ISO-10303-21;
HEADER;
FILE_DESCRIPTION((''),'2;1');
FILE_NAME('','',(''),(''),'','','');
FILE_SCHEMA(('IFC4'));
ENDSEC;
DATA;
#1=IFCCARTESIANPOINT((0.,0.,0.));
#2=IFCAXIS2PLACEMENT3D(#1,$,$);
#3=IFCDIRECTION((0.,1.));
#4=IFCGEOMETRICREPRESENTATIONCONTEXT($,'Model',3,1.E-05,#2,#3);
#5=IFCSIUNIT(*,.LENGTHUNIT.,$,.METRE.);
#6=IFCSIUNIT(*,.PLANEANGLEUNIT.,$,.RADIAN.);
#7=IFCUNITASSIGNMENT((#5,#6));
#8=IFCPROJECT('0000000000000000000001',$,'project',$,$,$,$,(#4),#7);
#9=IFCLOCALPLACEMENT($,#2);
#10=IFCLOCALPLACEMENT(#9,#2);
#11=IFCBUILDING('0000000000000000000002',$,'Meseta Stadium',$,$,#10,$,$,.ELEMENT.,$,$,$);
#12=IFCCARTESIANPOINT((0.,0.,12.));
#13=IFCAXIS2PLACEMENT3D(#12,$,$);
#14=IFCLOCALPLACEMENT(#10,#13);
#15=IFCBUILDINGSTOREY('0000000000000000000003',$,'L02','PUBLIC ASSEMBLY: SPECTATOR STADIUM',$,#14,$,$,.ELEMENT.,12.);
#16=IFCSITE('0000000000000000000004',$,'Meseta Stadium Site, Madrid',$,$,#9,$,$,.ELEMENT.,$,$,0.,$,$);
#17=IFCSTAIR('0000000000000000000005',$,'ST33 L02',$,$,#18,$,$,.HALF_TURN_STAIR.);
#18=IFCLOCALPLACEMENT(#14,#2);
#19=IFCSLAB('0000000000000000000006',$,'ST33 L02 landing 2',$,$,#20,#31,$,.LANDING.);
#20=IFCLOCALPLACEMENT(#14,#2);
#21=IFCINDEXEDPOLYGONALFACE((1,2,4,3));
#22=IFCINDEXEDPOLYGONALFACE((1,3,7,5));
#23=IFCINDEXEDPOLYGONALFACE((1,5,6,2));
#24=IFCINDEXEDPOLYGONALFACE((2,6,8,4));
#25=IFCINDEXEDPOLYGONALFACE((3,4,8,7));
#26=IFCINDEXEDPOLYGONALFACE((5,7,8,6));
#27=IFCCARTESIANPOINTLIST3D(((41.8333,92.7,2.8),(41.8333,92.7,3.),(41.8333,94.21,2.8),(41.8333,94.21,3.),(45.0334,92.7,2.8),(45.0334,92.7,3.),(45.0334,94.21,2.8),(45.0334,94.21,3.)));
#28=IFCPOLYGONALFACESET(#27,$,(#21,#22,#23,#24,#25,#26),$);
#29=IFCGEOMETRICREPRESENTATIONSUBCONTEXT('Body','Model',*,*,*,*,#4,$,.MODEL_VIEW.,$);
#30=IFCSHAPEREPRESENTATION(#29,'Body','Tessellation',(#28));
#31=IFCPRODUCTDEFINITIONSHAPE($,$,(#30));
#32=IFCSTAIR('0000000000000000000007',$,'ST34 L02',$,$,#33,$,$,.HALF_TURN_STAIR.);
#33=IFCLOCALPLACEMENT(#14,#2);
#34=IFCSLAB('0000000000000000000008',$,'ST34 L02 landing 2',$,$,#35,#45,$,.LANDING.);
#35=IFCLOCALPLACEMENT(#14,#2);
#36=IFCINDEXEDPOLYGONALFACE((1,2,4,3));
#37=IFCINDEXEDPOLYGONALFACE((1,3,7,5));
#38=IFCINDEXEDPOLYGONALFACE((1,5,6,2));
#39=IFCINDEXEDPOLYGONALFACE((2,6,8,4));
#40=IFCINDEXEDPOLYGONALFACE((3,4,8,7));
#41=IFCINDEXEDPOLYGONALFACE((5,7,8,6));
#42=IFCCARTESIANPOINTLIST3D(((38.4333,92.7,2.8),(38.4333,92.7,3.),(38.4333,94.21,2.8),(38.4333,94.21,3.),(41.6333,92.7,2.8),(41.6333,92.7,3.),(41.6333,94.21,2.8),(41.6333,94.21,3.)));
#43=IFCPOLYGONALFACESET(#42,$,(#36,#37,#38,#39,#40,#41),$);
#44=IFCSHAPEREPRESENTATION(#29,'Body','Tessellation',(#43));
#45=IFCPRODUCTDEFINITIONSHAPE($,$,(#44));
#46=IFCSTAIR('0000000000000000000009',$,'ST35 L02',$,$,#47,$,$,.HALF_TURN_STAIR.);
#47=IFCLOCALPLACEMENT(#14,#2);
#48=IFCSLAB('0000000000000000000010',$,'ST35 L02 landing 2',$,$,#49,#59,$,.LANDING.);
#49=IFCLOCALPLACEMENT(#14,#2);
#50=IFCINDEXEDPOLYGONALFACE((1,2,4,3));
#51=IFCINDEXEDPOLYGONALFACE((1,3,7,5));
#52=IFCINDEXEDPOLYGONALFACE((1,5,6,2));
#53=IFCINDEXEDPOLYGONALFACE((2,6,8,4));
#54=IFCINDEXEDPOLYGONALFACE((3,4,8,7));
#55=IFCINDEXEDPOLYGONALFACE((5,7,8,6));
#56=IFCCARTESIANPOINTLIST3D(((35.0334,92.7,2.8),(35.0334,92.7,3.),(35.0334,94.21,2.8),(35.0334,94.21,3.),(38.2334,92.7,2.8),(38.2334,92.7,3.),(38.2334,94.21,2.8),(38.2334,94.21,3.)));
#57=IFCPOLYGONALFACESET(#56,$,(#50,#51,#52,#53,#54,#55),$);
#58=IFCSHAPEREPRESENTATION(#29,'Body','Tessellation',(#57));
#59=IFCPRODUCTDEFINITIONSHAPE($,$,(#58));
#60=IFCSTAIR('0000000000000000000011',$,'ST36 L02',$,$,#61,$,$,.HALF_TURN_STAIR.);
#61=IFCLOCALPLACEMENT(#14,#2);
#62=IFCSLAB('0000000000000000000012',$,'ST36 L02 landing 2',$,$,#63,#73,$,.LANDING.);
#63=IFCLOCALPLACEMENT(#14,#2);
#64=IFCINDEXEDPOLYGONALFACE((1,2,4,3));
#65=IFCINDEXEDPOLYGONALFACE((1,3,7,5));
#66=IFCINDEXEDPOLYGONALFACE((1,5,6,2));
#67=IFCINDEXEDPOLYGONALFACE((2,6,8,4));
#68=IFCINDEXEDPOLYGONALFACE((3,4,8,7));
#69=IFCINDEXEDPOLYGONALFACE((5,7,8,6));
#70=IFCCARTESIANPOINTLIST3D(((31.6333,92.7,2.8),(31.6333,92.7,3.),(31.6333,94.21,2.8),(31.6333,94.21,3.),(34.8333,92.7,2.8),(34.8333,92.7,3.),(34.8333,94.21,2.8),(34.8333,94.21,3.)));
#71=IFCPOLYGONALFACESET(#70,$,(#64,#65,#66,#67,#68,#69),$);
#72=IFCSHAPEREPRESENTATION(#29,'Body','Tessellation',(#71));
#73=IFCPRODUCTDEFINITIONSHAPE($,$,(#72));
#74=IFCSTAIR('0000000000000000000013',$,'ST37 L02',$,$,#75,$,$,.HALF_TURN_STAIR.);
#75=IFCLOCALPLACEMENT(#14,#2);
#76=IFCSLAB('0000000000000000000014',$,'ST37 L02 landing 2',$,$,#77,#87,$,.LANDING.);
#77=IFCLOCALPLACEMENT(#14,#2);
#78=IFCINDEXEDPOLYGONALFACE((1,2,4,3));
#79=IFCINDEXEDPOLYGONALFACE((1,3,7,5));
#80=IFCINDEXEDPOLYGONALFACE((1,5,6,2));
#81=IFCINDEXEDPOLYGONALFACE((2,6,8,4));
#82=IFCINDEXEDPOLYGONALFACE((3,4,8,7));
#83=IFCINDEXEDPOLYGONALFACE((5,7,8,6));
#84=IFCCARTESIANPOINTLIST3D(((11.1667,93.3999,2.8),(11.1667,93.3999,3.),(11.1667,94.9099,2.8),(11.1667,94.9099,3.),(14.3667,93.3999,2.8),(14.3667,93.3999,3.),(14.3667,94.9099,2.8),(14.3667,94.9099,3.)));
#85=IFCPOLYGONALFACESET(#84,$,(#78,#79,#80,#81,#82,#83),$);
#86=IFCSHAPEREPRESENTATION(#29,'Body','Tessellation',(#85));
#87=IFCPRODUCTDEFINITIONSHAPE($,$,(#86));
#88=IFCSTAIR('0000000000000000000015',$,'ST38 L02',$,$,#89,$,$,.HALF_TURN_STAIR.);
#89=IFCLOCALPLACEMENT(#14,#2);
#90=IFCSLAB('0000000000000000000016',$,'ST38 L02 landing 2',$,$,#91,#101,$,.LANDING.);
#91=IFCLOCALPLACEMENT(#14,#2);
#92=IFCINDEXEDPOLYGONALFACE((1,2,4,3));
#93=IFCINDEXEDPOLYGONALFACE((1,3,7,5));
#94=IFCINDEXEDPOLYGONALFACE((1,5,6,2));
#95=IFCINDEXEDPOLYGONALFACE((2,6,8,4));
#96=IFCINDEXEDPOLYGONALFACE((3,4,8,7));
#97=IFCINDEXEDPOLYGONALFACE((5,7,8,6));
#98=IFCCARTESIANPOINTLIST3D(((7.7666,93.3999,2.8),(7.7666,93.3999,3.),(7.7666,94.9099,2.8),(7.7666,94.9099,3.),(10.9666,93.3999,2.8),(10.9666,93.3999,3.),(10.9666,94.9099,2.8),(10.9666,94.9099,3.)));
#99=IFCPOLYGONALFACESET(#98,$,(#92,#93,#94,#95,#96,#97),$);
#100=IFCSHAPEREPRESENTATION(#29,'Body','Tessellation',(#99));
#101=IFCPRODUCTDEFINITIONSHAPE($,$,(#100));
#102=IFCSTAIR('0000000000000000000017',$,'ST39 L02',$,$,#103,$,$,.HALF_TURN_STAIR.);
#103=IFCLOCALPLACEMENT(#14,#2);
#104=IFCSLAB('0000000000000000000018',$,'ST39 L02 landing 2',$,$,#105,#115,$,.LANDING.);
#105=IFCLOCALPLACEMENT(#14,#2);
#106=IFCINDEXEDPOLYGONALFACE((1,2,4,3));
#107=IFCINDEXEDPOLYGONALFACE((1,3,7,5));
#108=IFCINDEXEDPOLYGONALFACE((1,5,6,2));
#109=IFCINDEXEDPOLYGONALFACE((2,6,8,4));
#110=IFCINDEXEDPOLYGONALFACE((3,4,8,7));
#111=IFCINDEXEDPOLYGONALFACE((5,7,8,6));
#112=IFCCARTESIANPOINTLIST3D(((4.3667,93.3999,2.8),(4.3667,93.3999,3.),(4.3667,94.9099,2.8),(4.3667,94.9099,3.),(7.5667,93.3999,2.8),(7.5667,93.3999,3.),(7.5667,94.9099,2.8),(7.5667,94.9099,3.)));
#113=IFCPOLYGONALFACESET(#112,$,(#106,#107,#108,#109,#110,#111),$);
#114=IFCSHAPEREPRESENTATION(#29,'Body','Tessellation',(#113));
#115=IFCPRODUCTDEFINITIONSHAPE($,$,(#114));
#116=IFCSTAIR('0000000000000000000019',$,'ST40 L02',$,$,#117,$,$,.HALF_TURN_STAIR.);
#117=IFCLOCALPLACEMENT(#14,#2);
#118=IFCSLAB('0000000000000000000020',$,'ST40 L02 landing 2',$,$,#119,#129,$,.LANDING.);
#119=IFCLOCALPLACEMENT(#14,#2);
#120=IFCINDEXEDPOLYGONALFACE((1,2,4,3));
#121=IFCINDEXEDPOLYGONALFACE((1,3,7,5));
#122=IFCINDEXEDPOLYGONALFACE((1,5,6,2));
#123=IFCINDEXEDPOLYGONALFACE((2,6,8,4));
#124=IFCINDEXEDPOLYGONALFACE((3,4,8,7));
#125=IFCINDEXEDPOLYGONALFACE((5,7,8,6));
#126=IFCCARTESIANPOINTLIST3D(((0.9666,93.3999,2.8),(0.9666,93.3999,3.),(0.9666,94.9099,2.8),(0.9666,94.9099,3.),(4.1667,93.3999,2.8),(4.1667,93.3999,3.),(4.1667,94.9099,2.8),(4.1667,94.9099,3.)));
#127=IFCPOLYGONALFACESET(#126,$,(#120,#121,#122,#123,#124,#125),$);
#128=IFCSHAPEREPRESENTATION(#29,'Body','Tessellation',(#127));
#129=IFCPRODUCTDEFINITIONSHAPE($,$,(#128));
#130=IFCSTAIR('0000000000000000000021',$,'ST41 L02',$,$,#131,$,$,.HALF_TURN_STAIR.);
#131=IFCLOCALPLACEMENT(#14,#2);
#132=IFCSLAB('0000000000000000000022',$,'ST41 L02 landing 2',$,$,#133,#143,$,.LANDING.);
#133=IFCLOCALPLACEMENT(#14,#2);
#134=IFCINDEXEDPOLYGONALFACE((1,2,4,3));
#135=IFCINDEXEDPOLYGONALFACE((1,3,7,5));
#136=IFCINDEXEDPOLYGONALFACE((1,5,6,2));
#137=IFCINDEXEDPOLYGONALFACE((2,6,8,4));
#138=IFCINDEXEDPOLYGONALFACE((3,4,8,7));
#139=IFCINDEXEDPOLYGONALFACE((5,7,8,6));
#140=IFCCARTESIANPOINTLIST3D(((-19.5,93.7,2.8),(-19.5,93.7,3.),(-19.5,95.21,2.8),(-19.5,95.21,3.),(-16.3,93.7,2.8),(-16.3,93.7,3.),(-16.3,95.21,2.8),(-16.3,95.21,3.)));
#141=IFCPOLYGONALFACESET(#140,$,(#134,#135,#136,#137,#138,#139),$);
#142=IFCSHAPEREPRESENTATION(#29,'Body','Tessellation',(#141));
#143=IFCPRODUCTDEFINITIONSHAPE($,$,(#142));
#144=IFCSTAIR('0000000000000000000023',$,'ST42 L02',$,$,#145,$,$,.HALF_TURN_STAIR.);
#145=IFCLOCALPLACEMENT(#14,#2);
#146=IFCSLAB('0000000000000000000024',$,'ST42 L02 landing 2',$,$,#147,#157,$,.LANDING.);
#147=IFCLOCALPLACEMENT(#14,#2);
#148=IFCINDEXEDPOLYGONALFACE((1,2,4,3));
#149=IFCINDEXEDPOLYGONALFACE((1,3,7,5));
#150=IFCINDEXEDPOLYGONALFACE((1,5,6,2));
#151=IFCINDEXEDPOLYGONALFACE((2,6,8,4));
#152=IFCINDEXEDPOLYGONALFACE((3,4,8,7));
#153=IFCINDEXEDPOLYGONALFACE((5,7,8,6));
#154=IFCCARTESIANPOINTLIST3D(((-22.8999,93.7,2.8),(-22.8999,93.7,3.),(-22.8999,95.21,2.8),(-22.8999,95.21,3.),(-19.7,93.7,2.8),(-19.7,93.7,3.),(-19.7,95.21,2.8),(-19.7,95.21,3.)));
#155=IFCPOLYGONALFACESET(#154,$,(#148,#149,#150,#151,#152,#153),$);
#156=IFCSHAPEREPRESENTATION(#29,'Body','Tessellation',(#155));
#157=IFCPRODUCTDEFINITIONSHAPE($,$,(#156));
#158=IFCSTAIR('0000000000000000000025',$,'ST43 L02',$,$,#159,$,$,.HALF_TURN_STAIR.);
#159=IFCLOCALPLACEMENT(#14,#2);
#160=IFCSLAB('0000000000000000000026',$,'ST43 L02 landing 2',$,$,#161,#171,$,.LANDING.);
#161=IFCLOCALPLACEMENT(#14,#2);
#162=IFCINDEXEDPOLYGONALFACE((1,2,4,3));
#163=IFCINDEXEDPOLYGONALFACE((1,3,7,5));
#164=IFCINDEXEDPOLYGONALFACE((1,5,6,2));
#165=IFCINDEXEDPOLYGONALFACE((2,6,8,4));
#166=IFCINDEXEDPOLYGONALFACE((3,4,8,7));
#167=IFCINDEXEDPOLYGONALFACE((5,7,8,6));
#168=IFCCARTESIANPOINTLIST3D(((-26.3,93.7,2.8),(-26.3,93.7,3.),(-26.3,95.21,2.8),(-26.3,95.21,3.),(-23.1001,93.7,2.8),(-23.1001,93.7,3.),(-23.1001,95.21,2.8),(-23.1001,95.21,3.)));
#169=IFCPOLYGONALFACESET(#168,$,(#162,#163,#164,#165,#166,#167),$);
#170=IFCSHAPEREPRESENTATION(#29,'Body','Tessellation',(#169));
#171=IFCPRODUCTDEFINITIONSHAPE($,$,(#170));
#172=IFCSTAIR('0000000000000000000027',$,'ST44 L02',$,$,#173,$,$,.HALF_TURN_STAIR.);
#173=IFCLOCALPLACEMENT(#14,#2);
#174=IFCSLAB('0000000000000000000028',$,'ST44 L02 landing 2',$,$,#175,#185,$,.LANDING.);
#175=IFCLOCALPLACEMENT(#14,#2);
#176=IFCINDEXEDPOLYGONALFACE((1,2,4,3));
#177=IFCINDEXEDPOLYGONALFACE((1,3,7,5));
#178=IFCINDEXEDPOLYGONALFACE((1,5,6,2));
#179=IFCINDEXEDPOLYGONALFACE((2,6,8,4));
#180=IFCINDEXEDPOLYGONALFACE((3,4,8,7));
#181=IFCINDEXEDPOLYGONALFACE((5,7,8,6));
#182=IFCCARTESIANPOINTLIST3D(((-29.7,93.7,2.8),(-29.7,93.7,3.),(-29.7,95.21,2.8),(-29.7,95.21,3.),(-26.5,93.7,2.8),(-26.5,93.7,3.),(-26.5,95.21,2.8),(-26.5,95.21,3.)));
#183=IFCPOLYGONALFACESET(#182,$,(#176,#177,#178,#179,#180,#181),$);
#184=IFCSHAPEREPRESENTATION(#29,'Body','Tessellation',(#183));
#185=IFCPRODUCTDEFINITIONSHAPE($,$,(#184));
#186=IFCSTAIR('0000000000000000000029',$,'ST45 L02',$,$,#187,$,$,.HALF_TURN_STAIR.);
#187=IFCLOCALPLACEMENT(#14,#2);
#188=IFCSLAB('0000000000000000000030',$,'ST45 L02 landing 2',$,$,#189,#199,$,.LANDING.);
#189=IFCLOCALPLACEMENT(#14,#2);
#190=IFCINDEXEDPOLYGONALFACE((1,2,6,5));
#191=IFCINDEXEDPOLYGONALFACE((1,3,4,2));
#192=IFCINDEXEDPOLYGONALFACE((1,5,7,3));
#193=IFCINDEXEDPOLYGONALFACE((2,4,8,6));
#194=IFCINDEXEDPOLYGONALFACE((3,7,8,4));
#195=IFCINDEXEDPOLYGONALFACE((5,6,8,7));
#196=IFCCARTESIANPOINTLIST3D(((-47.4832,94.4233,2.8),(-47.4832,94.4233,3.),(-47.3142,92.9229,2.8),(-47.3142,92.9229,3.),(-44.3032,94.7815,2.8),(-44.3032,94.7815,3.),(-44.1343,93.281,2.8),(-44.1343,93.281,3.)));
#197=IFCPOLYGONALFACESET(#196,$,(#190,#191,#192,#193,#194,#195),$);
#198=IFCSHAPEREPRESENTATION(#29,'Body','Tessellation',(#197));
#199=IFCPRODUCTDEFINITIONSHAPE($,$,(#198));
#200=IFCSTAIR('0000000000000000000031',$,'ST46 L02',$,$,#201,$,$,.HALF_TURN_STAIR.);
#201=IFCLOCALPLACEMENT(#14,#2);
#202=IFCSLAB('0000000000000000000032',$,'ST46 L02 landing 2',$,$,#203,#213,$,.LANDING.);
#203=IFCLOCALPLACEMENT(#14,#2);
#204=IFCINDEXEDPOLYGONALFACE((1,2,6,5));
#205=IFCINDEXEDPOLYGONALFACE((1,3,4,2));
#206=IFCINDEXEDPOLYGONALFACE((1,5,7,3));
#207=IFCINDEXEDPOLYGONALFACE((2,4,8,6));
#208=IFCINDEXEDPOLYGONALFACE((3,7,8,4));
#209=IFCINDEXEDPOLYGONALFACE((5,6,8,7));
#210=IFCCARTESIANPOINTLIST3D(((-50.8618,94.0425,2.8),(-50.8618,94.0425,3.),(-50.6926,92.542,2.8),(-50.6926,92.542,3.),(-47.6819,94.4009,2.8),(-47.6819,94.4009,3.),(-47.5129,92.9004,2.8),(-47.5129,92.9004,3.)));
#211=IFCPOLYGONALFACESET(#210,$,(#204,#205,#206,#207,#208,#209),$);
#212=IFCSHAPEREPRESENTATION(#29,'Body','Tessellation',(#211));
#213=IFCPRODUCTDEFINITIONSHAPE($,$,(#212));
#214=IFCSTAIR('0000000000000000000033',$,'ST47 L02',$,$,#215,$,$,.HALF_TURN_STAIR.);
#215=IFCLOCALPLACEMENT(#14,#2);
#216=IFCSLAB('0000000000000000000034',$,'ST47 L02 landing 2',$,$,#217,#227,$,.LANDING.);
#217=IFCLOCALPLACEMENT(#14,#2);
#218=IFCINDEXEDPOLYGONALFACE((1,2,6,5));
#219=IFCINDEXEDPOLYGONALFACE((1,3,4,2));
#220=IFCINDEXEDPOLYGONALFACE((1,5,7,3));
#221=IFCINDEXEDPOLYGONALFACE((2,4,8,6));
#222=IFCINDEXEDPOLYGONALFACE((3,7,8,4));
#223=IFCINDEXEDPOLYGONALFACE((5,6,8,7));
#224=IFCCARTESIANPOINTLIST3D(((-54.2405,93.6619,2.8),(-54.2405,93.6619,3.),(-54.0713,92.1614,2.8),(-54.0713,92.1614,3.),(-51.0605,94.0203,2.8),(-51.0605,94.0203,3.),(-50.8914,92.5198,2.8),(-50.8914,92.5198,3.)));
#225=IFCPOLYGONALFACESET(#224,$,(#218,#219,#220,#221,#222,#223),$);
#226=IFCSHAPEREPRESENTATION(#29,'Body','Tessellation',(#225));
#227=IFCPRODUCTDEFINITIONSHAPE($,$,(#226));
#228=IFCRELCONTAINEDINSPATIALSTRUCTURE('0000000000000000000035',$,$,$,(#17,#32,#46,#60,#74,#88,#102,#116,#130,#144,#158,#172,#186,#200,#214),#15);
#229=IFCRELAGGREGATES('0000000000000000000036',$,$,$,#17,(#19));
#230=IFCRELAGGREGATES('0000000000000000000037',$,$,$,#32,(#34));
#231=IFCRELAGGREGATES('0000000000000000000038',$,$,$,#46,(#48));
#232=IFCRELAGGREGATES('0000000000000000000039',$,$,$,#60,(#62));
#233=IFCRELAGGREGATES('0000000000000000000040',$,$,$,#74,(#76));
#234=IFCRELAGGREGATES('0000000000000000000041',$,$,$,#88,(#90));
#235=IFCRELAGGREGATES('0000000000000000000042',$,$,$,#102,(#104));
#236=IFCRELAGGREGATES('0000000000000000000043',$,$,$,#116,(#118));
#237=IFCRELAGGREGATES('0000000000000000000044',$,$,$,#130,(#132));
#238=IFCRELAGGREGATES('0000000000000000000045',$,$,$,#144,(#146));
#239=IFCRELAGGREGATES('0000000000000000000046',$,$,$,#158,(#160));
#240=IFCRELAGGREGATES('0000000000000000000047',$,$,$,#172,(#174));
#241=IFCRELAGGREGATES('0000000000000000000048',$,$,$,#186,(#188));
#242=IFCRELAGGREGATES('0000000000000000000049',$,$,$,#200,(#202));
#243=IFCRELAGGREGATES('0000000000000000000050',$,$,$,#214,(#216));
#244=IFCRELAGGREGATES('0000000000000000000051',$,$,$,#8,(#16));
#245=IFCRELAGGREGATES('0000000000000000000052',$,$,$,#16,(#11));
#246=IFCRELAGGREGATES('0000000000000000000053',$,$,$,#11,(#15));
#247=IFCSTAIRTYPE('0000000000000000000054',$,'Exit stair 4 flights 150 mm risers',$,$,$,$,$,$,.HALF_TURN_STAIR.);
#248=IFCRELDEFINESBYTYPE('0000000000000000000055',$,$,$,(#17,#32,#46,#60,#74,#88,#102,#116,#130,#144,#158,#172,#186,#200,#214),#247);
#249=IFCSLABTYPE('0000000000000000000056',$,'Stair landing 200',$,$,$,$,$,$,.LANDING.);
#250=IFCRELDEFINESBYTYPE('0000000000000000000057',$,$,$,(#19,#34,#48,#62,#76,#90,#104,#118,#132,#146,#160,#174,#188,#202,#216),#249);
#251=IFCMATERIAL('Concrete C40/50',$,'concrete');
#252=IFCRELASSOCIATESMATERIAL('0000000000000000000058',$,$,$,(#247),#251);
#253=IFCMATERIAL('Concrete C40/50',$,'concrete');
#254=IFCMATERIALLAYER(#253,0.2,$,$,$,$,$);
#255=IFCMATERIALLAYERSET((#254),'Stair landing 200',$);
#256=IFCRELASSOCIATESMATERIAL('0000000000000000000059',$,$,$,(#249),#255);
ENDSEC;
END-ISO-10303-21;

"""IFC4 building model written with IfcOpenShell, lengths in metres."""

from ifc_helpers import new_model, si_unit, direction, frame, origin, place, context, subcontext, project, spatial, polyline, outline, extrude, material, layer, layer_set, type_object, element, aggregate, save


model = new_model("IFC4")

# Units and contexts
model_context = context("Model", 3, precision=1e-05, world=origin(), true_north=direction((0.0, 1.0)))
body_context = subcontext(model_context, "Body", "Model", "MODEL_VIEW")
ifc_project = project(units=[si_unit("LENGTHUNIT", "METRE"), si_unit("PLANEANGLEUNIT", "RADIAN")], contexts=[model_context])

# Site, building, storey
site_placement = place(None, origin())
site = spatial("IfcSite", under=ifc_project, at=site_placement, Name="Meseta Stadium Site, Madrid", CompositionType="ELEMENT", RefElevation=0.0)
building_placement = place(site_placement, origin())
building = spatial("IfcBuilding", under=site, at=building_placement, Name="Meseta Stadium", CompositionType="ELEMENT")
storey_placement = place(building_placement, frame((0.0, 0.0, 12.0)))
storey = spatial("IfcBuildingStorey", under=building, at=storey_placement, Name="L02", Description="PUBLIC ASSEMBLY: SPECTATOR STADIUM", CompositionType="ELEMENT", Elevation=12.0)

# Stairs, slabs
ifc_material_1 = material(Name="Concrete C40/50", Category="concrete")
stair_type = type_object("IfcStairType", Name="Exit stair 4 flights 150 mm risers", PredefinedType="HALF_TURN_STAIR", material=ifc_material_1)
stair_1_placement = place(storey_placement, origin())
stair_1 = element("IfcStair", 1, at=stair_1_placement, inside=storey, type_object=stair_type, Name="ST33 L02", PredefinedType="HALF_TURN_STAIR")
ifc_material_2 = material(Name="Concrete C40/50", Category="concrete")
ifc_layer = layer(ifc_material_2, 0.2)
ifc_layer_set = layer_set([ifc_layer], Name="Stair landing 200")
slab_type = type_object("IfcSlabType", Name="Stair landing 200", PredefinedType="LANDING", material=ifc_layer_set)
slab_1_placement = place(storey_placement, frame((0.0, 0.0, 2.8)))
slab_1 = element("IfcSlab", 2, at=slab_1_placement, type_object=slab_type, Name="ST33 L02 landing 2", PredefinedType="LANDING", context=body_context, shape_type="SweptSolid", body=[
    extrude(outline(polyline([(45.0334, 92.7), (45.0334, 94.21), (41.8333, 94.21), (41.8333, 92.7), (45.0334, 92.7)])), origin(), (0.0, 0.0, 1.0), 0.2),
])
aggregate(stair_1, [slab_1])
stair_2_placement = place(storey_placement, origin())
stair_2 = element("IfcStair", 3, at=stair_2_placement, inside=storey, type_object=stair_type, Name="ST34 L02", PredefinedType="HALF_TURN_STAIR")
slab_2_placement = place(storey_placement, frame((0.0, 0.0, 2.8)))
slab_2 = element("IfcSlab", 4, at=slab_2_placement, type_object=slab_type, Name="ST34 L02 landing 2", PredefinedType="LANDING", context=body_context, shape_type="SweptSolid", body=[
    extrude(outline(polyline([(41.6333, 92.7), (41.6333, 94.21), (38.4333, 94.21), (38.4333, 92.7), (41.6333, 92.7)])), origin(), (0.0, 0.0, 1.0), 0.2),
])
aggregate(stair_2, [slab_2])
stair_3_placement = place(storey_placement, origin())
stair_3 = element("IfcStair", 5, at=stair_3_placement, inside=storey, type_object=stair_type, Name="ST35 L02", PredefinedType="HALF_TURN_STAIR")
slab_3_placement = place(storey_placement, frame((0.0, 0.0, 2.8)))
slab_3 = element("IfcSlab", 6, at=slab_3_placement, type_object=slab_type, Name="ST35 L02 landing 2", PredefinedType="LANDING", context=body_context, shape_type="SweptSolid", body=[
    extrude(outline(polyline([(38.2334, 92.7), (38.2334, 94.21), (35.0334, 94.21), (35.0334, 92.7), (38.2334, 92.7)])), origin(), (0.0, 0.0, 1.0), 0.2),
])
aggregate(stair_3, [slab_3])
stair_4_placement = place(storey_placement, origin())
stair_4 = element("IfcStair", 7, at=stair_4_placement, inside=storey, type_object=stair_type, Name="ST36 L02", PredefinedType="HALF_TURN_STAIR")
slab_4_placement = place(storey_placement, frame((0.0, 0.0, 2.8)))
slab_4 = element("IfcSlab", 8, at=slab_4_placement, type_object=slab_type, Name="ST36 L02 landing 2", PredefinedType="LANDING", context=body_context, shape_type="SweptSolid", body=[
    extrude(outline(polyline([(34.8333, 92.7), (34.8333, 94.21), (31.6333, 94.21), (31.6333, 92.7), (34.8333, 92.7)])), origin(), (0.0, 0.0, 1.0), 0.2),
])
aggregate(stair_4, [slab_4])
stair_5_placement = place(storey_placement, origin())
stair_5 = element("IfcStair", 9, at=stair_5_placement, inside=storey, type_object=stair_type, Name="ST37 L02", PredefinedType="HALF_TURN_STAIR")
slab_5_placement = place(storey_placement, frame((0.0, 0.0, 2.8)))
slab_5 = element("IfcSlab", 10, at=slab_5_placement, type_object=slab_type, Name="ST37 L02 landing 2", PredefinedType="LANDING", context=body_context, shape_type="SweptSolid", body=[
    extrude(outline(polyline([(14.3667, 93.3999), (14.3667, 94.9099), (11.1667, 94.9099), (11.1667, 93.3999), (14.3667, 93.3999)])), origin(), (0.0, 0.0, 1.0), 0.2),
])
aggregate(stair_5, [slab_5])
stair_6_placement = place(storey_placement, origin())
stair_6 = element("IfcStair", 11, at=stair_6_placement, inside=storey, type_object=stair_type, Name="ST38 L02", PredefinedType="HALF_TURN_STAIR")
slab_6_placement = place(storey_placement, frame((0.0, 0.0, 2.8)))
slab_6 = element("IfcSlab", 12, at=slab_6_placement, type_object=slab_type, Name="ST38 L02 landing 2", PredefinedType="LANDING", context=body_context, shape_type="SweptSolid", body=[
    extrude(outline(polyline([(10.9666, 93.3999), (10.9666, 94.9099), (7.7666, 94.9099), (7.7666, 93.3999), (10.9666, 93.3999)])), origin(), (0.0, 0.0, 1.0), 0.2),
])
aggregate(stair_6, [slab_6])
stair_7_placement = place(storey_placement, origin())
stair_7 = element("IfcStair", 13, at=stair_7_placement, inside=storey, type_object=stair_type, Name="ST39 L02", PredefinedType="HALF_TURN_STAIR")
slab_7_placement = place(storey_placement, frame((0.0, 0.0, 2.8)))
slab_7 = element("IfcSlab", 14, at=slab_7_placement, type_object=slab_type, Name="ST39 L02 landing 2", PredefinedType="LANDING", context=body_context, shape_type="SweptSolid", body=[
    extrude(outline(polyline([(7.5667, 93.3999), (7.5667, 94.9099), (4.3667, 94.9099), (4.3667, 93.3999), (7.5667, 93.3999)])), origin(), (0.0, 0.0, 1.0), 0.2),
])
aggregate(stair_7, [slab_7])
stair_8_placement = place(storey_placement, origin())
stair_8 = element("IfcStair", 15, at=stair_8_placement, inside=storey, type_object=stair_type, Name="ST40 L02", PredefinedType="HALF_TURN_STAIR")
slab_8_placement = place(storey_placement, frame((0.0, 0.0, 2.8)))
slab_8 = element("IfcSlab", 16, at=slab_8_placement, type_object=slab_type, Name="ST40 L02 landing 2", PredefinedType="LANDING", context=body_context, shape_type="SweptSolid", body=[
    extrude(outline(polyline([(4.1667, 93.3999), (4.1667, 94.9099), (0.9666, 94.9099), (0.9666, 93.3999), (4.1667, 93.3999)])), origin(), (0.0, 0.0, 1.0), 0.2),
])
aggregate(stair_8, [slab_8])
stair_9_placement = place(storey_placement, origin())
stair_9 = element("IfcStair", 17, at=stair_9_placement, inside=storey, type_object=stair_type, Name="ST41 L02", PredefinedType="HALF_TURN_STAIR")
slab_9_placement = place(storey_placement, frame((0.0, 0.0, 2.8)))
slab_9 = element("IfcSlab", 18, at=slab_9_placement, type_object=slab_type, Name="ST41 L02 landing 2", PredefinedType="LANDING", context=body_context, shape_type="SweptSolid", body=[
    extrude(outline(polyline([(-16.3, 93.7), (-16.3, 95.21), (-19.5, 95.21), (-19.5, 93.7), (-16.3, 93.7)])), origin(), (0.0, 0.0, 1.0), 0.2),
])
aggregate(stair_9, [slab_9])
stair_10_placement = place(storey_placement, origin())
stair_10 = element("IfcStair", 19, at=stair_10_placement, inside=storey, type_object=stair_type, Name="ST42 L02", PredefinedType="HALF_TURN_STAIR")
slab_10_placement = place(storey_placement, frame((0.0, 0.0, 2.8)))
slab_10 = element("IfcSlab", 20, at=slab_10_placement, type_object=slab_type, Name="ST42 L02 landing 2", PredefinedType="LANDING", context=body_context, shape_type="SweptSolid", body=[
    extrude(outline(polyline([(-19.7, 93.7), (-19.7, 95.21), (-22.8999, 95.21), (-22.8999, 93.7), (-19.7, 93.7)])), origin(), (0.0, 0.0, 1.0), 0.2),
])
aggregate(stair_10, [slab_10])
stair_11_placement = place(storey_placement, origin())
stair_11 = element("IfcStair", 21, at=stair_11_placement, inside=storey, type_object=stair_type, Name="ST43 L02", PredefinedType="HALF_TURN_STAIR")
slab_11_placement = place(storey_placement, frame((0.0, 0.0, 2.8)))
slab_11 = element("IfcSlab", 22, at=slab_11_placement, type_object=slab_type, Name="ST43 L02 landing 2", PredefinedType="LANDING", context=body_context, shape_type="SweptSolid", body=[
    extrude(outline(polyline([(-23.1001, 93.7), (-23.1001, 95.21), (-26.3, 95.21), (-26.3, 93.7), (-23.1001, 93.7)])), origin(), (0.0, 0.0, 1.0), 0.2),
])
aggregate(stair_11, [slab_11])
stair_12_placement = place(storey_placement, origin())
stair_12 = element("IfcStair", 23, at=stair_12_placement, inside=storey, type_object=stair_type, Name="ST44 L02", PredefinedType="HALF_TURN_STAIR")
slab_12_placement = place(storey_placement, frame((0.0, 0.0, 2.8)))
slab_12 = element("IfcSlab", 24, at=slab_12_placement, type_object=slab_type, Name="ST44 L02 landing 2", PredefinedType="LANDING", context=body_context, shape_type="SweptSolid", body=[
    extrude(outline(polyline([(-26.5, 93.7), (-26.5, 95.21), (-29.7, 95.21), (-29.7, 93.7), (-26.5, 93.7)])), origin(), (0.0, 0.0, 1.0), 0.2),
])
aggregate(stair_12, [slab_12])
stair_13_placement = place(storey_placement, origin())
stair_13 = element("IfcStair", 25, at=stair_13_placement, inside=storey, type_object=stair_type, Name="ST45 L02", PredefinedType="HALF_TURN_STAIR")
slab_13_placement = place(storey_placement, frame((0.0, 0.0, 2.8)))
slab_13 = element("IfcSlab", 26, at=slab_13_placement, type_object=slab_type, Name="ST45 L02 landing 2", PredefinedType="LANDING", context=body_context, shape_type="SweptSolid", body=[
    extrude(outline(polyline([(-44.1343, 93.281), (-44.3032, 94.7815), (-47.4832, 94.4233), (-47.3142, 92.9229), (-44.1343, 93.281)])), origin(), (0.0, 0.0, 1.0), 0.2),
])
aggregate(stair_13, [slab_13])
stair_14_placement = place(storey_placement, origin())
stair_14 = element("IfcStair", 27, at=stair_14_placement, inside=storey, type_object=stair_type, Name="ST46 L02", PredefinedType="HALF_TURN_STAIR")
slab_14_placement = place(storey_placement, frame((0.0, 0.0, 2.8)))
slab_14 = element("IfcSlab", 28, at=slab_14_placement, type_object=slab_type, Name="ST46 L02 landing 2", PredefinedType="LANDING", context=body_context, shape_type="SweptSolid", body=[
    extrude(outline(polyline([(-47.5129, 92.9004), (-47.6819, 94.4009), (-50.8618, 94.0425), (-50.6926, 92.542), (-47.5129, 92.9004)])), origin(), (0.0, 0.0, 1.0), 0.2),
])
aggregate(stair_14, [slab_14])
stair_15_placement = place(storey_placement, origin())
stair_15 = element("IfcStair", 29, at=stair_15_placement, inside=storey, type_object=stair_type, Name="ST47 L02", PredefinedType="HALF_TURN_STAIR")
slab_15_placement = place(storey_placement, frame((0.0, 0.0, 2.8)))
slab_15 = element("IfcSlab", 30, at=slab_15_placement, type_object=slab_type, Name="ST47 L02 landing 2", PredefinedType="LANDING", context=body_context, shape_type="SweptSolid", body=[
    extrude(outline(polyline([(-50.8914, 92.5198), (-51.0605, 94.0203), (-54.2405, 93.6619), (-54.0713, 92.1614), (-50.8914, 92.5198)])), origin(), (0.0, 0.0, 1.0), 0.2),
])
aggregate(stair_15, [slab_15])

save(model, "model.ifc")
